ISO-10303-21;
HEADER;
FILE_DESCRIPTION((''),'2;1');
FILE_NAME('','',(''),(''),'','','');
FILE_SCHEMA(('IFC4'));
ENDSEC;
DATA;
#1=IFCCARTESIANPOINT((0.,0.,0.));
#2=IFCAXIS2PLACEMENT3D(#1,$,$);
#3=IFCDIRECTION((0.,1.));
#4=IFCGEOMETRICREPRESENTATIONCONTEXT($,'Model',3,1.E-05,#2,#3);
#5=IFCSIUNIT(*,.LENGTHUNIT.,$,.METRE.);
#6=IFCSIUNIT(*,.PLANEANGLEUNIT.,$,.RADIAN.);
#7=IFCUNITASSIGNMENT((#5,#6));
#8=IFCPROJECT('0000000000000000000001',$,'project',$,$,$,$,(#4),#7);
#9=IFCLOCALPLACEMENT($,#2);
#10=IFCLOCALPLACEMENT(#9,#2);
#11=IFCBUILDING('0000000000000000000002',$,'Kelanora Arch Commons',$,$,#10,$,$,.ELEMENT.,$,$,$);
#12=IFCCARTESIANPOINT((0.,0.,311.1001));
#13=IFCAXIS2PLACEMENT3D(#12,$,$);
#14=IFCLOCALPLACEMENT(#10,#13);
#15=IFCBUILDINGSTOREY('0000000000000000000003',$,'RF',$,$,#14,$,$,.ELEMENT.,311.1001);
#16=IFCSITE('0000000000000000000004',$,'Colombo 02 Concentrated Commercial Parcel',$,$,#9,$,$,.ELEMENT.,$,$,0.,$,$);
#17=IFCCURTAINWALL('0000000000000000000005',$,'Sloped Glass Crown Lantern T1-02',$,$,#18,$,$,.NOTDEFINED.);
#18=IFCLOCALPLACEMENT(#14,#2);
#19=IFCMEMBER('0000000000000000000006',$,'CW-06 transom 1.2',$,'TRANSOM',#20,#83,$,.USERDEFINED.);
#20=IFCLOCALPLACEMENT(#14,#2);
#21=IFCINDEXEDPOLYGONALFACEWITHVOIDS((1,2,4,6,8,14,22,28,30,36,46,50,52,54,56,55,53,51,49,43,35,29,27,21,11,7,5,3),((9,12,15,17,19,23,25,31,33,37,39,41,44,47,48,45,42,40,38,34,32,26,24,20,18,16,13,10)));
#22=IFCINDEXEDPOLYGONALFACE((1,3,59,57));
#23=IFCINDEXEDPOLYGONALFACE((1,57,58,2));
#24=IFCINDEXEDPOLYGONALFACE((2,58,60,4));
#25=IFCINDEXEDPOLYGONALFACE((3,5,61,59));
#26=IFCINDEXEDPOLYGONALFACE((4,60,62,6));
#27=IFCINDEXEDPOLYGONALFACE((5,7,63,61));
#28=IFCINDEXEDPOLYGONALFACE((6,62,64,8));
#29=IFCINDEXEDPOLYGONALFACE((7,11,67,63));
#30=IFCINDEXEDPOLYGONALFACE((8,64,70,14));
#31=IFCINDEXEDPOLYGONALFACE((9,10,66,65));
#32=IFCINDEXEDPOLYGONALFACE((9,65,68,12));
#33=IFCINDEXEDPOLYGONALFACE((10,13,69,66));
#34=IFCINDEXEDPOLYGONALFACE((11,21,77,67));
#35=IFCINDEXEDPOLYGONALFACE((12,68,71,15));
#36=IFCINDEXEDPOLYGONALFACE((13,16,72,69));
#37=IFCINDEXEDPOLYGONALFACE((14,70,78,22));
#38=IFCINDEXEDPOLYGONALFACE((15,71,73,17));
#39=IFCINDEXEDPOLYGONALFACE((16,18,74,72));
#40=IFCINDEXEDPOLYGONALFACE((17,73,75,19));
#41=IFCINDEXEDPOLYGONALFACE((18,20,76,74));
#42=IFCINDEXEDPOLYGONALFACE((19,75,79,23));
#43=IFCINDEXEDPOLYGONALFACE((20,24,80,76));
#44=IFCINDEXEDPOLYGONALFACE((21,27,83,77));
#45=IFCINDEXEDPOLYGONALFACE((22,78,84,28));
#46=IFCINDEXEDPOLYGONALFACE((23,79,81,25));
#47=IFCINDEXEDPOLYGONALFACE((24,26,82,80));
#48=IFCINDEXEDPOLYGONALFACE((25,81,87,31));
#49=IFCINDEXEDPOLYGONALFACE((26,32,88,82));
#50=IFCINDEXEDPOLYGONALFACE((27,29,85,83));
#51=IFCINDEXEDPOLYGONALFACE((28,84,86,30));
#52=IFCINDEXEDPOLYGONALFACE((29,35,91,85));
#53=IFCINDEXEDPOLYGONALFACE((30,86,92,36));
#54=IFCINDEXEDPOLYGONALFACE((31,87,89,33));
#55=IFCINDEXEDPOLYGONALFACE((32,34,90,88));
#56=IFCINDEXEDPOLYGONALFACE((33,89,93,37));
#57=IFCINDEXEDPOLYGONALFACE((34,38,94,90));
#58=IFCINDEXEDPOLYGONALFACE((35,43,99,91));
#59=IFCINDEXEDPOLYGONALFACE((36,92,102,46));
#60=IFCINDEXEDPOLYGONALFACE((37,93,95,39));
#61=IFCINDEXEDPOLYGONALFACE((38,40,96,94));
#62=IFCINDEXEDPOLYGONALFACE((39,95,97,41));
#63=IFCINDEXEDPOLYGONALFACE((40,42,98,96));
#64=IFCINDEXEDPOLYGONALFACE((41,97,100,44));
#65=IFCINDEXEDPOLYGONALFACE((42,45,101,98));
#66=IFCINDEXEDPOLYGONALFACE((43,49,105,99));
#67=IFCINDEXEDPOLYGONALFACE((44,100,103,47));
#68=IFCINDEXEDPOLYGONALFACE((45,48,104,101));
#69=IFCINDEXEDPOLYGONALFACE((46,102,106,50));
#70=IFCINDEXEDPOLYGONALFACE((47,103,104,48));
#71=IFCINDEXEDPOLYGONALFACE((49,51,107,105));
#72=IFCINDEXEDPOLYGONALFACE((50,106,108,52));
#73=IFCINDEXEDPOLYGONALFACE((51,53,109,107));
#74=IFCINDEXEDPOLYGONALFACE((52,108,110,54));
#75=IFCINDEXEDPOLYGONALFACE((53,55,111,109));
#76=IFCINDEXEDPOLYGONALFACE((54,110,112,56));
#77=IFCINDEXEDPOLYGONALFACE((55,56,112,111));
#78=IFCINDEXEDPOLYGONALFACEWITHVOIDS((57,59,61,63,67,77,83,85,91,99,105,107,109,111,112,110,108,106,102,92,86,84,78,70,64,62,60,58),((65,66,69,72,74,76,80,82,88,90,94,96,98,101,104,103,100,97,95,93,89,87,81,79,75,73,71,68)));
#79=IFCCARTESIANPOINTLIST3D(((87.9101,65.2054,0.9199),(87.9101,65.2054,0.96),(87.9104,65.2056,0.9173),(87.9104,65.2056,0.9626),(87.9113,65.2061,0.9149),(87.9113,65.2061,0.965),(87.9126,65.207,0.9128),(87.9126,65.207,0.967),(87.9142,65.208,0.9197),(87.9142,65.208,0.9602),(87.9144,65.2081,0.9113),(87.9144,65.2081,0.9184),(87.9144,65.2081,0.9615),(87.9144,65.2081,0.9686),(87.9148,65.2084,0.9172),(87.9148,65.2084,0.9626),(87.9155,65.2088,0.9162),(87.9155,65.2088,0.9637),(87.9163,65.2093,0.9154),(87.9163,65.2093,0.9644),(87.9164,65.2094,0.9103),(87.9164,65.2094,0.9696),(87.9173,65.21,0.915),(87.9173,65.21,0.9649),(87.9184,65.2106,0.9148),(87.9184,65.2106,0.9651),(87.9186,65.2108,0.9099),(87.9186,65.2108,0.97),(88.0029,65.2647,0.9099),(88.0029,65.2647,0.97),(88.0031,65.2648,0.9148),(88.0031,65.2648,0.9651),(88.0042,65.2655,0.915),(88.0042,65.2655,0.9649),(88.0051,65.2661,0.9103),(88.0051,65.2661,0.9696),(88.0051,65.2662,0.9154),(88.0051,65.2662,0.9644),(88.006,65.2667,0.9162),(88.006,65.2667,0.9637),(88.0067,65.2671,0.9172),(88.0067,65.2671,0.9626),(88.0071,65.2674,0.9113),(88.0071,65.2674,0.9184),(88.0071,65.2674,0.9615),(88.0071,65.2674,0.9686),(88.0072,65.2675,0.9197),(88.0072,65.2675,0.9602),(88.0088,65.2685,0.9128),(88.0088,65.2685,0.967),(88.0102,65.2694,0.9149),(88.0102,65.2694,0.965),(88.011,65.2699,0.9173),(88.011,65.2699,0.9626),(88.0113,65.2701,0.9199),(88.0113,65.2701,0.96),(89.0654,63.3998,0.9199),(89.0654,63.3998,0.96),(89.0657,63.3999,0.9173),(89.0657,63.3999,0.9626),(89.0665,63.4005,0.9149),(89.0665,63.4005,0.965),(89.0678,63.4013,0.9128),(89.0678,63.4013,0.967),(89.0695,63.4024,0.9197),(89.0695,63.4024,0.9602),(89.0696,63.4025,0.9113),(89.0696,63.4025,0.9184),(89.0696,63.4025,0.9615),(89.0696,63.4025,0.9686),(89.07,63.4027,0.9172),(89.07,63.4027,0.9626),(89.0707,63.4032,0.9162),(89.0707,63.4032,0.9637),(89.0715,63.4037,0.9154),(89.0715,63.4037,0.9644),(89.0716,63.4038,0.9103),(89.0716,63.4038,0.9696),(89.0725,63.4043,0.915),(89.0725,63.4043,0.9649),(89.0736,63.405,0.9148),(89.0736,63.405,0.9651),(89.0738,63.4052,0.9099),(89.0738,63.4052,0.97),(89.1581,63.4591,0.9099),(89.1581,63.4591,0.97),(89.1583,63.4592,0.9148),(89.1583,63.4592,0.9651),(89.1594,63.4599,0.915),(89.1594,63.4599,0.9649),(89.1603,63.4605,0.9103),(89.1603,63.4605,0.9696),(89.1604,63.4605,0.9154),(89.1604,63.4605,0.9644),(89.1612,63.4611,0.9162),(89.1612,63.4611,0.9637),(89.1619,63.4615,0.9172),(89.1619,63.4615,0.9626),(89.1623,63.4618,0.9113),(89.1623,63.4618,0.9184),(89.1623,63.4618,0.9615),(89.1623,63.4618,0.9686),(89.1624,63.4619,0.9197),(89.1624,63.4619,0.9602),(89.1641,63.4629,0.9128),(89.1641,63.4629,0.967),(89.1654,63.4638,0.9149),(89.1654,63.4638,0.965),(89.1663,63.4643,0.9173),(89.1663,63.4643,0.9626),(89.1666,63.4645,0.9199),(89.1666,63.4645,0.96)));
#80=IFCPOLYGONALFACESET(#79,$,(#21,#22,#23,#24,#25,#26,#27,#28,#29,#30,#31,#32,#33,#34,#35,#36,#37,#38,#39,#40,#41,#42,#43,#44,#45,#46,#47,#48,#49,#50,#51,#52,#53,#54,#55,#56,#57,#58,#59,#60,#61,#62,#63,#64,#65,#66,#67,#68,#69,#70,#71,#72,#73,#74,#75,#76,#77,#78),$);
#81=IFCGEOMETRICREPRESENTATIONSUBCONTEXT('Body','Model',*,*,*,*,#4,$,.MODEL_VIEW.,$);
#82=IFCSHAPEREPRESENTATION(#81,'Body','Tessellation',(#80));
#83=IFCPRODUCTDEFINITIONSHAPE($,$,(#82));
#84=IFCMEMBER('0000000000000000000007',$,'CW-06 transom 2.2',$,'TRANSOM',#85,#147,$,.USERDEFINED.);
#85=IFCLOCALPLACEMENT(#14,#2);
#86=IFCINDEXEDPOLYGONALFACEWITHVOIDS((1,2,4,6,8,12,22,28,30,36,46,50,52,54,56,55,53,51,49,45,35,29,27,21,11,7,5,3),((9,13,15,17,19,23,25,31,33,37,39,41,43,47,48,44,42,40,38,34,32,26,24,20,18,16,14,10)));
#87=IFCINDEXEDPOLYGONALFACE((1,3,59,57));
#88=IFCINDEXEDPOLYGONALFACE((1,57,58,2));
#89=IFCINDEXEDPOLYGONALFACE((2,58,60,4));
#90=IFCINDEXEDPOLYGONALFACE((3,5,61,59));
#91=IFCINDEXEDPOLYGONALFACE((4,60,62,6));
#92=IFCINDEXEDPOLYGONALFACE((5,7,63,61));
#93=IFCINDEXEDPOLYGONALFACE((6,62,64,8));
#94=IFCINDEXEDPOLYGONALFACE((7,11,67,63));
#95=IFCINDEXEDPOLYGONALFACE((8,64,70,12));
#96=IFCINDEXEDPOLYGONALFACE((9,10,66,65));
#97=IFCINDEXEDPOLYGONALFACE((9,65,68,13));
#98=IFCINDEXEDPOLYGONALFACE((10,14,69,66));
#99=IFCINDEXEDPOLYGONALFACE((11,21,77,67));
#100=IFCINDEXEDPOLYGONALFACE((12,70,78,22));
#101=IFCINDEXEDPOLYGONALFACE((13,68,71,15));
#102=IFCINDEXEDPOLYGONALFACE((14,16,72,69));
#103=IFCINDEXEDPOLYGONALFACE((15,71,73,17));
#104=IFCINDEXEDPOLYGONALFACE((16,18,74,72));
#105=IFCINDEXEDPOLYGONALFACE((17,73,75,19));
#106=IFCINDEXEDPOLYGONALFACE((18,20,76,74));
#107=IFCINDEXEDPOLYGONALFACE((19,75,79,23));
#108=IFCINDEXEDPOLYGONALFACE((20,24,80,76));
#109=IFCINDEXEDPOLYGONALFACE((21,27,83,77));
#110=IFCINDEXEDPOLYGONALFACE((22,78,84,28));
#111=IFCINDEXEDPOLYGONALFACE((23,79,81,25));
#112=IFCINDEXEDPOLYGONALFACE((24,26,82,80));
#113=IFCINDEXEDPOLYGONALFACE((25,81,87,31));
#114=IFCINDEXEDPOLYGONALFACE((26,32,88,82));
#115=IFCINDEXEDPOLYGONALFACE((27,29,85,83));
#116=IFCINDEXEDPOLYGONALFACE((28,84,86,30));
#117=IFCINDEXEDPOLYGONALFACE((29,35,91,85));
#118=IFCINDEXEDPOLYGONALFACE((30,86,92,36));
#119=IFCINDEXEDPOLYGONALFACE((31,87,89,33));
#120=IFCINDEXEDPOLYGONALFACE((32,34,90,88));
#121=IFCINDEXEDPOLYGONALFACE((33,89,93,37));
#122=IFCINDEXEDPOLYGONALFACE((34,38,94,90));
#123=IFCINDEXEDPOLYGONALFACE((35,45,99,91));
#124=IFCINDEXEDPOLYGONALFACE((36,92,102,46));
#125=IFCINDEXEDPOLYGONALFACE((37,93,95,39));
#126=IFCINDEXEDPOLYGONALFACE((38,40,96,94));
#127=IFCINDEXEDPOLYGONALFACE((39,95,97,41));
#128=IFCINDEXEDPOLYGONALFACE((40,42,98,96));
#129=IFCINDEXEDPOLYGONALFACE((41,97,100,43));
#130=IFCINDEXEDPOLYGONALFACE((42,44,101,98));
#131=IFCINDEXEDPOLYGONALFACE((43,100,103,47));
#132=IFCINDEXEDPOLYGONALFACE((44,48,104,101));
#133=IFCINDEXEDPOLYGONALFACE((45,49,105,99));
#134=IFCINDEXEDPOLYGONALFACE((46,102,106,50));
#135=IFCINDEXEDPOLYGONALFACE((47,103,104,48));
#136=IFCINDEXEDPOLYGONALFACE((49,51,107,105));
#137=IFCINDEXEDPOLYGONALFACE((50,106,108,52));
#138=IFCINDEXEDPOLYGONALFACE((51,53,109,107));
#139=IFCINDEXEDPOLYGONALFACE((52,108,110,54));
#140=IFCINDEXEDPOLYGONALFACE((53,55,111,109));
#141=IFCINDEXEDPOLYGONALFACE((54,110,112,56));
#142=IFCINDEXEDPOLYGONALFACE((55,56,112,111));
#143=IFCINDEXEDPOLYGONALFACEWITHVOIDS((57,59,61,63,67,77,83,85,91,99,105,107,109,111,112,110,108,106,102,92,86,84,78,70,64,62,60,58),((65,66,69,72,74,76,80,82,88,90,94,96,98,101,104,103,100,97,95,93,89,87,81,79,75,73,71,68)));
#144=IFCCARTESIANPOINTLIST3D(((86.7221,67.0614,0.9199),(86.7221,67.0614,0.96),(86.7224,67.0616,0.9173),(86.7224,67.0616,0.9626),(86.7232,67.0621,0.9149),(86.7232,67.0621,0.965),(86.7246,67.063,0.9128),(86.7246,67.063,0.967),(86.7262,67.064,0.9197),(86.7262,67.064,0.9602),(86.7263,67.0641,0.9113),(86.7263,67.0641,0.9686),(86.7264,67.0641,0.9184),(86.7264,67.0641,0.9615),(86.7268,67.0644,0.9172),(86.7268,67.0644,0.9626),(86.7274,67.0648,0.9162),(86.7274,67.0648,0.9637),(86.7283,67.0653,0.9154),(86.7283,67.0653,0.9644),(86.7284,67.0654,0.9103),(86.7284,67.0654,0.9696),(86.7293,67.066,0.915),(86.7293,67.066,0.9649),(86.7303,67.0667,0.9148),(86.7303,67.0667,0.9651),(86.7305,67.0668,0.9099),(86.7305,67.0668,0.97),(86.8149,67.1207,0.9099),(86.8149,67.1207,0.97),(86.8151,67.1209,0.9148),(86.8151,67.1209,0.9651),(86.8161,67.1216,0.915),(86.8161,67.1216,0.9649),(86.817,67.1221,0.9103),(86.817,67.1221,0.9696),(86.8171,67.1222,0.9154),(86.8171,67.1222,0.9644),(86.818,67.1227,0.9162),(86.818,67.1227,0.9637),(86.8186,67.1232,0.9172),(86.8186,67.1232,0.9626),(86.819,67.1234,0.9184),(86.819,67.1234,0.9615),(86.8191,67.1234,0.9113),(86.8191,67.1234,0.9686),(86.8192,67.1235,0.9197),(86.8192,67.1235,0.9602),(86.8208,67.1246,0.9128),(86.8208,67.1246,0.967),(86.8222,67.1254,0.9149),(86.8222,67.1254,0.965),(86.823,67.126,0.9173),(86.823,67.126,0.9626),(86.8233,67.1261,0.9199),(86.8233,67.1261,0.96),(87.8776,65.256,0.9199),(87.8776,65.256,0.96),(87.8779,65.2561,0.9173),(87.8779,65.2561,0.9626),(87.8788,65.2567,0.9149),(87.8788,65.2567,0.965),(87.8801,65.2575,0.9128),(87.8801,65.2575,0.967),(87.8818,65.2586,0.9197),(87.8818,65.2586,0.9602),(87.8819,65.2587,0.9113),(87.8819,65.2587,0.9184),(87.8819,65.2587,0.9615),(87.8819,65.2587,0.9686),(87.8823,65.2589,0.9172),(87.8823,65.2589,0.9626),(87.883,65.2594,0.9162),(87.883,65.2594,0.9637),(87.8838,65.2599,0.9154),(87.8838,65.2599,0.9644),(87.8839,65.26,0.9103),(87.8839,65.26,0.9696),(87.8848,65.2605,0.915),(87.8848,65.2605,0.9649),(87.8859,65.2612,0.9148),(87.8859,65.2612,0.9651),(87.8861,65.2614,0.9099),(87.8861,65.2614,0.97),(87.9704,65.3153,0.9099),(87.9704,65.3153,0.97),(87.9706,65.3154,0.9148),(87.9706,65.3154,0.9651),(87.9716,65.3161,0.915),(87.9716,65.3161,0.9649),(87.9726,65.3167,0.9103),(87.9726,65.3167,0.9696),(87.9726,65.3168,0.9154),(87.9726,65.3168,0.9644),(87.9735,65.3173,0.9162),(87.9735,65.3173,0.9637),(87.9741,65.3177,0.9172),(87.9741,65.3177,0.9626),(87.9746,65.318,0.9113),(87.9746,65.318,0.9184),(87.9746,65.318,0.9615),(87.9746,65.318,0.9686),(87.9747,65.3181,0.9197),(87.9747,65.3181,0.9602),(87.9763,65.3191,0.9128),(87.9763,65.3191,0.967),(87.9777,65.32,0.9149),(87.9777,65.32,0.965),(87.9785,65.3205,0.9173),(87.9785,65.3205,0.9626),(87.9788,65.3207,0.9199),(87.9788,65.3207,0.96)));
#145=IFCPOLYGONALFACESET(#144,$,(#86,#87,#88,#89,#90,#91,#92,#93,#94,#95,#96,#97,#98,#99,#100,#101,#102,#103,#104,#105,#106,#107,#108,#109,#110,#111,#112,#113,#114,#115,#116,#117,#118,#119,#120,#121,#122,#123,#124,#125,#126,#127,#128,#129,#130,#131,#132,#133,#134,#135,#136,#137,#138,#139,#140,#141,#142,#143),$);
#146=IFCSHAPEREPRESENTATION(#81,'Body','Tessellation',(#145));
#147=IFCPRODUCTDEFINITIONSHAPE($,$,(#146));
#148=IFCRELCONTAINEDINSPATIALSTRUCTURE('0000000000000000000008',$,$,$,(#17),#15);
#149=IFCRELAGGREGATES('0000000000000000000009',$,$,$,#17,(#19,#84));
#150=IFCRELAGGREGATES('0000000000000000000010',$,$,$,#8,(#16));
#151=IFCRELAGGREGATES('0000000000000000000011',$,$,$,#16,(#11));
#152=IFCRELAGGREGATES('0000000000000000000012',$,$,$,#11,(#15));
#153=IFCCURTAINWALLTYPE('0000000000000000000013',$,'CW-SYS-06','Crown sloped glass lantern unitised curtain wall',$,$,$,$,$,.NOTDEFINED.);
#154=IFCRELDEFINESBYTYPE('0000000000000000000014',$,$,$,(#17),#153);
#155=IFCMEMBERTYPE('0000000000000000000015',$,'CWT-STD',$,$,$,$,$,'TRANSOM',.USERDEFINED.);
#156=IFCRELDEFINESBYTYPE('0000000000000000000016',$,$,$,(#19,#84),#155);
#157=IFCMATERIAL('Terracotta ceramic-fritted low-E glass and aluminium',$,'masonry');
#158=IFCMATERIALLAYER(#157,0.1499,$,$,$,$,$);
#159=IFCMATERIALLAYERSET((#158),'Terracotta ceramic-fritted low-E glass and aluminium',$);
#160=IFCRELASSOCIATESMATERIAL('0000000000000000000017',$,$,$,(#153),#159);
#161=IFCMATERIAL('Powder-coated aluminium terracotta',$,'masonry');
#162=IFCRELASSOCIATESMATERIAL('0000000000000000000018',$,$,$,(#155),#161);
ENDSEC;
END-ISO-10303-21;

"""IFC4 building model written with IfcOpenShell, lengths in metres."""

from ifc_helpers import new_model, si_unit, direction, frame, origin, origin_2d, place, context, subcontext, project, spatial, hollow_rectangle, extrude, material, layer, layer_set, material_profile, profile_set, type_object, element, aggregate, save


model = new_model("IFC4")

# Units and contexts
model_context = context("Model", 3, precision=1e-05, world=origin(), true_north=direction((0.0, 1.0)))
body_context = subcontext(model_context, "Body", "Model", "MODEL_VIEW")
ifc_project = project(units=[si_unit("LENGTHUNIT", "METRE"), si_unit("PLANEANGLEUNIT", "RADIAN")], contexts=[model_context])

# Site, building, storey
site_placement = place(None, origin())
site = spatial("IfcSite", under=ifc_project, at=site_placement, Name="Colombo 02 Concentrated Commercial Parcel", CompositionType="ELEMENT", RefElevation=0.0)
building_placement = place(site_placement, origin())
building = spatial("IfcBuilding", under=site, at=building_placement, Name="Kelanora Arch Commons", CompositionType="ELEMENT")
storey_placement = place(building_placement, frame((0.0, 0.0, 311.1001)))
storey = spatial("IfcBuildingStorey", under=building, at=storey_placement, Name="RF", CompositionType="ELEMENT", Elevation=311.1001)

# Curtain wall, members
ifc_material_1 = material(Name="Terracotta ceramic-fritted low-E glass and aluminium", Category="masonry")
ifc_layer_1 = layer(ifc_material_1, 0.1499)
ifc_layer_set_1 = layer_set([ifc_layer_1], Name="Terracotta ceramic-fritted low-E glass and aluminium")
curtain_wall_type = type_object("IfcCurtainWallType", Name="CW-SYS-06", Description="Crown sloped glass lantern unitised curtain wall", PredefinedType="NOTDEFINED", material=ifc_layer_set_1)
ifc_material_2 = material(Name="Powder-coated aluminium terracotta", Category="masonry")
ifc_material_profile_1 = material_profile(ifc_material_2, hollow_rectangle(XDim=0.1201, YDim=0.0601, WallThickness=0.0049, InnerFilletRadius=0.0049, OuterFilletRadius=0.01, at=origin_2d()), Name="CWT120x60")
ifc_profile_set_1 = profile_set([ifc_material_profile_1], Name="Powder-coated aluminium terracotta")
member_type_1 = type_object("IfcMemberType", Name="CWT-STD", ElementType="TRANSOM", PredefinedType="USERDEFINED", material=ifc_profile_set_1)
curtain_wall_1_placement = place(storey_placement, origin())
curtain_wall_1 = element("IfcCurtainWall", 1, at=curtain_wall_1_placement, inside=storey, type_object=curtain_wall_type, Name="Sloped Glass Crown Lantern T1-02", PredefinedType="NOTDEFINED")
member_1_placement = place(storey_placement, frame((89.116, 63.4321, 0.9399), z_axis=(-0.538937, 0.842346, 0.0), x_axis=(-0.842346, -0.538937, 0.0)))
member_1 = element("IfcMember", 2, at=member_1_placement, type_object=member_type_1, Name="CW-06 transom 1.2", ObjectType="TRANSOM", PredefinedType="USERDEFINED", context=body_context, shape_type="SweptSolid", body=[
    extrude(hollow_rectangle(XDim=0.1201, YDim=0.0601, WallThickness=0.0049, InnerFilletRadius=0.0049, OuterFilletRadius=0.01, at=origin_2d()), origin(), (0.0, 0.0, 1.0), 2.1436),
])
member_2_placement = place(storey_placement, frame((87.9282, 65.2883, 0.9399), z_axis=(-0.53907, 0.842261, 0.0), x_axis=(-0.842261, -0.53907, 0.0)))
member_2 = element("IfcMember", 3, at=member_2_placement, type_object=member_type_1, Name="CW-06 transom 2.2", ObjectType="TRANSOM", PredefinedType="USERDEFINED", context=body_context, shape_type="SweptSolid", body=[
    extrude(hollow_rectangle(XDim=0.1201, YDim=0.0601, WallThickness=0.0049, InnerFilletRadius=0.0049, OuterFilletRadius=0.01, at=origin_2d()), origin(), (0.0, 0.0, 1.0), 2.1436),
])

aggregate(curtain_wall_1, [member_1, member_2])

save(model, "model.ifc")
